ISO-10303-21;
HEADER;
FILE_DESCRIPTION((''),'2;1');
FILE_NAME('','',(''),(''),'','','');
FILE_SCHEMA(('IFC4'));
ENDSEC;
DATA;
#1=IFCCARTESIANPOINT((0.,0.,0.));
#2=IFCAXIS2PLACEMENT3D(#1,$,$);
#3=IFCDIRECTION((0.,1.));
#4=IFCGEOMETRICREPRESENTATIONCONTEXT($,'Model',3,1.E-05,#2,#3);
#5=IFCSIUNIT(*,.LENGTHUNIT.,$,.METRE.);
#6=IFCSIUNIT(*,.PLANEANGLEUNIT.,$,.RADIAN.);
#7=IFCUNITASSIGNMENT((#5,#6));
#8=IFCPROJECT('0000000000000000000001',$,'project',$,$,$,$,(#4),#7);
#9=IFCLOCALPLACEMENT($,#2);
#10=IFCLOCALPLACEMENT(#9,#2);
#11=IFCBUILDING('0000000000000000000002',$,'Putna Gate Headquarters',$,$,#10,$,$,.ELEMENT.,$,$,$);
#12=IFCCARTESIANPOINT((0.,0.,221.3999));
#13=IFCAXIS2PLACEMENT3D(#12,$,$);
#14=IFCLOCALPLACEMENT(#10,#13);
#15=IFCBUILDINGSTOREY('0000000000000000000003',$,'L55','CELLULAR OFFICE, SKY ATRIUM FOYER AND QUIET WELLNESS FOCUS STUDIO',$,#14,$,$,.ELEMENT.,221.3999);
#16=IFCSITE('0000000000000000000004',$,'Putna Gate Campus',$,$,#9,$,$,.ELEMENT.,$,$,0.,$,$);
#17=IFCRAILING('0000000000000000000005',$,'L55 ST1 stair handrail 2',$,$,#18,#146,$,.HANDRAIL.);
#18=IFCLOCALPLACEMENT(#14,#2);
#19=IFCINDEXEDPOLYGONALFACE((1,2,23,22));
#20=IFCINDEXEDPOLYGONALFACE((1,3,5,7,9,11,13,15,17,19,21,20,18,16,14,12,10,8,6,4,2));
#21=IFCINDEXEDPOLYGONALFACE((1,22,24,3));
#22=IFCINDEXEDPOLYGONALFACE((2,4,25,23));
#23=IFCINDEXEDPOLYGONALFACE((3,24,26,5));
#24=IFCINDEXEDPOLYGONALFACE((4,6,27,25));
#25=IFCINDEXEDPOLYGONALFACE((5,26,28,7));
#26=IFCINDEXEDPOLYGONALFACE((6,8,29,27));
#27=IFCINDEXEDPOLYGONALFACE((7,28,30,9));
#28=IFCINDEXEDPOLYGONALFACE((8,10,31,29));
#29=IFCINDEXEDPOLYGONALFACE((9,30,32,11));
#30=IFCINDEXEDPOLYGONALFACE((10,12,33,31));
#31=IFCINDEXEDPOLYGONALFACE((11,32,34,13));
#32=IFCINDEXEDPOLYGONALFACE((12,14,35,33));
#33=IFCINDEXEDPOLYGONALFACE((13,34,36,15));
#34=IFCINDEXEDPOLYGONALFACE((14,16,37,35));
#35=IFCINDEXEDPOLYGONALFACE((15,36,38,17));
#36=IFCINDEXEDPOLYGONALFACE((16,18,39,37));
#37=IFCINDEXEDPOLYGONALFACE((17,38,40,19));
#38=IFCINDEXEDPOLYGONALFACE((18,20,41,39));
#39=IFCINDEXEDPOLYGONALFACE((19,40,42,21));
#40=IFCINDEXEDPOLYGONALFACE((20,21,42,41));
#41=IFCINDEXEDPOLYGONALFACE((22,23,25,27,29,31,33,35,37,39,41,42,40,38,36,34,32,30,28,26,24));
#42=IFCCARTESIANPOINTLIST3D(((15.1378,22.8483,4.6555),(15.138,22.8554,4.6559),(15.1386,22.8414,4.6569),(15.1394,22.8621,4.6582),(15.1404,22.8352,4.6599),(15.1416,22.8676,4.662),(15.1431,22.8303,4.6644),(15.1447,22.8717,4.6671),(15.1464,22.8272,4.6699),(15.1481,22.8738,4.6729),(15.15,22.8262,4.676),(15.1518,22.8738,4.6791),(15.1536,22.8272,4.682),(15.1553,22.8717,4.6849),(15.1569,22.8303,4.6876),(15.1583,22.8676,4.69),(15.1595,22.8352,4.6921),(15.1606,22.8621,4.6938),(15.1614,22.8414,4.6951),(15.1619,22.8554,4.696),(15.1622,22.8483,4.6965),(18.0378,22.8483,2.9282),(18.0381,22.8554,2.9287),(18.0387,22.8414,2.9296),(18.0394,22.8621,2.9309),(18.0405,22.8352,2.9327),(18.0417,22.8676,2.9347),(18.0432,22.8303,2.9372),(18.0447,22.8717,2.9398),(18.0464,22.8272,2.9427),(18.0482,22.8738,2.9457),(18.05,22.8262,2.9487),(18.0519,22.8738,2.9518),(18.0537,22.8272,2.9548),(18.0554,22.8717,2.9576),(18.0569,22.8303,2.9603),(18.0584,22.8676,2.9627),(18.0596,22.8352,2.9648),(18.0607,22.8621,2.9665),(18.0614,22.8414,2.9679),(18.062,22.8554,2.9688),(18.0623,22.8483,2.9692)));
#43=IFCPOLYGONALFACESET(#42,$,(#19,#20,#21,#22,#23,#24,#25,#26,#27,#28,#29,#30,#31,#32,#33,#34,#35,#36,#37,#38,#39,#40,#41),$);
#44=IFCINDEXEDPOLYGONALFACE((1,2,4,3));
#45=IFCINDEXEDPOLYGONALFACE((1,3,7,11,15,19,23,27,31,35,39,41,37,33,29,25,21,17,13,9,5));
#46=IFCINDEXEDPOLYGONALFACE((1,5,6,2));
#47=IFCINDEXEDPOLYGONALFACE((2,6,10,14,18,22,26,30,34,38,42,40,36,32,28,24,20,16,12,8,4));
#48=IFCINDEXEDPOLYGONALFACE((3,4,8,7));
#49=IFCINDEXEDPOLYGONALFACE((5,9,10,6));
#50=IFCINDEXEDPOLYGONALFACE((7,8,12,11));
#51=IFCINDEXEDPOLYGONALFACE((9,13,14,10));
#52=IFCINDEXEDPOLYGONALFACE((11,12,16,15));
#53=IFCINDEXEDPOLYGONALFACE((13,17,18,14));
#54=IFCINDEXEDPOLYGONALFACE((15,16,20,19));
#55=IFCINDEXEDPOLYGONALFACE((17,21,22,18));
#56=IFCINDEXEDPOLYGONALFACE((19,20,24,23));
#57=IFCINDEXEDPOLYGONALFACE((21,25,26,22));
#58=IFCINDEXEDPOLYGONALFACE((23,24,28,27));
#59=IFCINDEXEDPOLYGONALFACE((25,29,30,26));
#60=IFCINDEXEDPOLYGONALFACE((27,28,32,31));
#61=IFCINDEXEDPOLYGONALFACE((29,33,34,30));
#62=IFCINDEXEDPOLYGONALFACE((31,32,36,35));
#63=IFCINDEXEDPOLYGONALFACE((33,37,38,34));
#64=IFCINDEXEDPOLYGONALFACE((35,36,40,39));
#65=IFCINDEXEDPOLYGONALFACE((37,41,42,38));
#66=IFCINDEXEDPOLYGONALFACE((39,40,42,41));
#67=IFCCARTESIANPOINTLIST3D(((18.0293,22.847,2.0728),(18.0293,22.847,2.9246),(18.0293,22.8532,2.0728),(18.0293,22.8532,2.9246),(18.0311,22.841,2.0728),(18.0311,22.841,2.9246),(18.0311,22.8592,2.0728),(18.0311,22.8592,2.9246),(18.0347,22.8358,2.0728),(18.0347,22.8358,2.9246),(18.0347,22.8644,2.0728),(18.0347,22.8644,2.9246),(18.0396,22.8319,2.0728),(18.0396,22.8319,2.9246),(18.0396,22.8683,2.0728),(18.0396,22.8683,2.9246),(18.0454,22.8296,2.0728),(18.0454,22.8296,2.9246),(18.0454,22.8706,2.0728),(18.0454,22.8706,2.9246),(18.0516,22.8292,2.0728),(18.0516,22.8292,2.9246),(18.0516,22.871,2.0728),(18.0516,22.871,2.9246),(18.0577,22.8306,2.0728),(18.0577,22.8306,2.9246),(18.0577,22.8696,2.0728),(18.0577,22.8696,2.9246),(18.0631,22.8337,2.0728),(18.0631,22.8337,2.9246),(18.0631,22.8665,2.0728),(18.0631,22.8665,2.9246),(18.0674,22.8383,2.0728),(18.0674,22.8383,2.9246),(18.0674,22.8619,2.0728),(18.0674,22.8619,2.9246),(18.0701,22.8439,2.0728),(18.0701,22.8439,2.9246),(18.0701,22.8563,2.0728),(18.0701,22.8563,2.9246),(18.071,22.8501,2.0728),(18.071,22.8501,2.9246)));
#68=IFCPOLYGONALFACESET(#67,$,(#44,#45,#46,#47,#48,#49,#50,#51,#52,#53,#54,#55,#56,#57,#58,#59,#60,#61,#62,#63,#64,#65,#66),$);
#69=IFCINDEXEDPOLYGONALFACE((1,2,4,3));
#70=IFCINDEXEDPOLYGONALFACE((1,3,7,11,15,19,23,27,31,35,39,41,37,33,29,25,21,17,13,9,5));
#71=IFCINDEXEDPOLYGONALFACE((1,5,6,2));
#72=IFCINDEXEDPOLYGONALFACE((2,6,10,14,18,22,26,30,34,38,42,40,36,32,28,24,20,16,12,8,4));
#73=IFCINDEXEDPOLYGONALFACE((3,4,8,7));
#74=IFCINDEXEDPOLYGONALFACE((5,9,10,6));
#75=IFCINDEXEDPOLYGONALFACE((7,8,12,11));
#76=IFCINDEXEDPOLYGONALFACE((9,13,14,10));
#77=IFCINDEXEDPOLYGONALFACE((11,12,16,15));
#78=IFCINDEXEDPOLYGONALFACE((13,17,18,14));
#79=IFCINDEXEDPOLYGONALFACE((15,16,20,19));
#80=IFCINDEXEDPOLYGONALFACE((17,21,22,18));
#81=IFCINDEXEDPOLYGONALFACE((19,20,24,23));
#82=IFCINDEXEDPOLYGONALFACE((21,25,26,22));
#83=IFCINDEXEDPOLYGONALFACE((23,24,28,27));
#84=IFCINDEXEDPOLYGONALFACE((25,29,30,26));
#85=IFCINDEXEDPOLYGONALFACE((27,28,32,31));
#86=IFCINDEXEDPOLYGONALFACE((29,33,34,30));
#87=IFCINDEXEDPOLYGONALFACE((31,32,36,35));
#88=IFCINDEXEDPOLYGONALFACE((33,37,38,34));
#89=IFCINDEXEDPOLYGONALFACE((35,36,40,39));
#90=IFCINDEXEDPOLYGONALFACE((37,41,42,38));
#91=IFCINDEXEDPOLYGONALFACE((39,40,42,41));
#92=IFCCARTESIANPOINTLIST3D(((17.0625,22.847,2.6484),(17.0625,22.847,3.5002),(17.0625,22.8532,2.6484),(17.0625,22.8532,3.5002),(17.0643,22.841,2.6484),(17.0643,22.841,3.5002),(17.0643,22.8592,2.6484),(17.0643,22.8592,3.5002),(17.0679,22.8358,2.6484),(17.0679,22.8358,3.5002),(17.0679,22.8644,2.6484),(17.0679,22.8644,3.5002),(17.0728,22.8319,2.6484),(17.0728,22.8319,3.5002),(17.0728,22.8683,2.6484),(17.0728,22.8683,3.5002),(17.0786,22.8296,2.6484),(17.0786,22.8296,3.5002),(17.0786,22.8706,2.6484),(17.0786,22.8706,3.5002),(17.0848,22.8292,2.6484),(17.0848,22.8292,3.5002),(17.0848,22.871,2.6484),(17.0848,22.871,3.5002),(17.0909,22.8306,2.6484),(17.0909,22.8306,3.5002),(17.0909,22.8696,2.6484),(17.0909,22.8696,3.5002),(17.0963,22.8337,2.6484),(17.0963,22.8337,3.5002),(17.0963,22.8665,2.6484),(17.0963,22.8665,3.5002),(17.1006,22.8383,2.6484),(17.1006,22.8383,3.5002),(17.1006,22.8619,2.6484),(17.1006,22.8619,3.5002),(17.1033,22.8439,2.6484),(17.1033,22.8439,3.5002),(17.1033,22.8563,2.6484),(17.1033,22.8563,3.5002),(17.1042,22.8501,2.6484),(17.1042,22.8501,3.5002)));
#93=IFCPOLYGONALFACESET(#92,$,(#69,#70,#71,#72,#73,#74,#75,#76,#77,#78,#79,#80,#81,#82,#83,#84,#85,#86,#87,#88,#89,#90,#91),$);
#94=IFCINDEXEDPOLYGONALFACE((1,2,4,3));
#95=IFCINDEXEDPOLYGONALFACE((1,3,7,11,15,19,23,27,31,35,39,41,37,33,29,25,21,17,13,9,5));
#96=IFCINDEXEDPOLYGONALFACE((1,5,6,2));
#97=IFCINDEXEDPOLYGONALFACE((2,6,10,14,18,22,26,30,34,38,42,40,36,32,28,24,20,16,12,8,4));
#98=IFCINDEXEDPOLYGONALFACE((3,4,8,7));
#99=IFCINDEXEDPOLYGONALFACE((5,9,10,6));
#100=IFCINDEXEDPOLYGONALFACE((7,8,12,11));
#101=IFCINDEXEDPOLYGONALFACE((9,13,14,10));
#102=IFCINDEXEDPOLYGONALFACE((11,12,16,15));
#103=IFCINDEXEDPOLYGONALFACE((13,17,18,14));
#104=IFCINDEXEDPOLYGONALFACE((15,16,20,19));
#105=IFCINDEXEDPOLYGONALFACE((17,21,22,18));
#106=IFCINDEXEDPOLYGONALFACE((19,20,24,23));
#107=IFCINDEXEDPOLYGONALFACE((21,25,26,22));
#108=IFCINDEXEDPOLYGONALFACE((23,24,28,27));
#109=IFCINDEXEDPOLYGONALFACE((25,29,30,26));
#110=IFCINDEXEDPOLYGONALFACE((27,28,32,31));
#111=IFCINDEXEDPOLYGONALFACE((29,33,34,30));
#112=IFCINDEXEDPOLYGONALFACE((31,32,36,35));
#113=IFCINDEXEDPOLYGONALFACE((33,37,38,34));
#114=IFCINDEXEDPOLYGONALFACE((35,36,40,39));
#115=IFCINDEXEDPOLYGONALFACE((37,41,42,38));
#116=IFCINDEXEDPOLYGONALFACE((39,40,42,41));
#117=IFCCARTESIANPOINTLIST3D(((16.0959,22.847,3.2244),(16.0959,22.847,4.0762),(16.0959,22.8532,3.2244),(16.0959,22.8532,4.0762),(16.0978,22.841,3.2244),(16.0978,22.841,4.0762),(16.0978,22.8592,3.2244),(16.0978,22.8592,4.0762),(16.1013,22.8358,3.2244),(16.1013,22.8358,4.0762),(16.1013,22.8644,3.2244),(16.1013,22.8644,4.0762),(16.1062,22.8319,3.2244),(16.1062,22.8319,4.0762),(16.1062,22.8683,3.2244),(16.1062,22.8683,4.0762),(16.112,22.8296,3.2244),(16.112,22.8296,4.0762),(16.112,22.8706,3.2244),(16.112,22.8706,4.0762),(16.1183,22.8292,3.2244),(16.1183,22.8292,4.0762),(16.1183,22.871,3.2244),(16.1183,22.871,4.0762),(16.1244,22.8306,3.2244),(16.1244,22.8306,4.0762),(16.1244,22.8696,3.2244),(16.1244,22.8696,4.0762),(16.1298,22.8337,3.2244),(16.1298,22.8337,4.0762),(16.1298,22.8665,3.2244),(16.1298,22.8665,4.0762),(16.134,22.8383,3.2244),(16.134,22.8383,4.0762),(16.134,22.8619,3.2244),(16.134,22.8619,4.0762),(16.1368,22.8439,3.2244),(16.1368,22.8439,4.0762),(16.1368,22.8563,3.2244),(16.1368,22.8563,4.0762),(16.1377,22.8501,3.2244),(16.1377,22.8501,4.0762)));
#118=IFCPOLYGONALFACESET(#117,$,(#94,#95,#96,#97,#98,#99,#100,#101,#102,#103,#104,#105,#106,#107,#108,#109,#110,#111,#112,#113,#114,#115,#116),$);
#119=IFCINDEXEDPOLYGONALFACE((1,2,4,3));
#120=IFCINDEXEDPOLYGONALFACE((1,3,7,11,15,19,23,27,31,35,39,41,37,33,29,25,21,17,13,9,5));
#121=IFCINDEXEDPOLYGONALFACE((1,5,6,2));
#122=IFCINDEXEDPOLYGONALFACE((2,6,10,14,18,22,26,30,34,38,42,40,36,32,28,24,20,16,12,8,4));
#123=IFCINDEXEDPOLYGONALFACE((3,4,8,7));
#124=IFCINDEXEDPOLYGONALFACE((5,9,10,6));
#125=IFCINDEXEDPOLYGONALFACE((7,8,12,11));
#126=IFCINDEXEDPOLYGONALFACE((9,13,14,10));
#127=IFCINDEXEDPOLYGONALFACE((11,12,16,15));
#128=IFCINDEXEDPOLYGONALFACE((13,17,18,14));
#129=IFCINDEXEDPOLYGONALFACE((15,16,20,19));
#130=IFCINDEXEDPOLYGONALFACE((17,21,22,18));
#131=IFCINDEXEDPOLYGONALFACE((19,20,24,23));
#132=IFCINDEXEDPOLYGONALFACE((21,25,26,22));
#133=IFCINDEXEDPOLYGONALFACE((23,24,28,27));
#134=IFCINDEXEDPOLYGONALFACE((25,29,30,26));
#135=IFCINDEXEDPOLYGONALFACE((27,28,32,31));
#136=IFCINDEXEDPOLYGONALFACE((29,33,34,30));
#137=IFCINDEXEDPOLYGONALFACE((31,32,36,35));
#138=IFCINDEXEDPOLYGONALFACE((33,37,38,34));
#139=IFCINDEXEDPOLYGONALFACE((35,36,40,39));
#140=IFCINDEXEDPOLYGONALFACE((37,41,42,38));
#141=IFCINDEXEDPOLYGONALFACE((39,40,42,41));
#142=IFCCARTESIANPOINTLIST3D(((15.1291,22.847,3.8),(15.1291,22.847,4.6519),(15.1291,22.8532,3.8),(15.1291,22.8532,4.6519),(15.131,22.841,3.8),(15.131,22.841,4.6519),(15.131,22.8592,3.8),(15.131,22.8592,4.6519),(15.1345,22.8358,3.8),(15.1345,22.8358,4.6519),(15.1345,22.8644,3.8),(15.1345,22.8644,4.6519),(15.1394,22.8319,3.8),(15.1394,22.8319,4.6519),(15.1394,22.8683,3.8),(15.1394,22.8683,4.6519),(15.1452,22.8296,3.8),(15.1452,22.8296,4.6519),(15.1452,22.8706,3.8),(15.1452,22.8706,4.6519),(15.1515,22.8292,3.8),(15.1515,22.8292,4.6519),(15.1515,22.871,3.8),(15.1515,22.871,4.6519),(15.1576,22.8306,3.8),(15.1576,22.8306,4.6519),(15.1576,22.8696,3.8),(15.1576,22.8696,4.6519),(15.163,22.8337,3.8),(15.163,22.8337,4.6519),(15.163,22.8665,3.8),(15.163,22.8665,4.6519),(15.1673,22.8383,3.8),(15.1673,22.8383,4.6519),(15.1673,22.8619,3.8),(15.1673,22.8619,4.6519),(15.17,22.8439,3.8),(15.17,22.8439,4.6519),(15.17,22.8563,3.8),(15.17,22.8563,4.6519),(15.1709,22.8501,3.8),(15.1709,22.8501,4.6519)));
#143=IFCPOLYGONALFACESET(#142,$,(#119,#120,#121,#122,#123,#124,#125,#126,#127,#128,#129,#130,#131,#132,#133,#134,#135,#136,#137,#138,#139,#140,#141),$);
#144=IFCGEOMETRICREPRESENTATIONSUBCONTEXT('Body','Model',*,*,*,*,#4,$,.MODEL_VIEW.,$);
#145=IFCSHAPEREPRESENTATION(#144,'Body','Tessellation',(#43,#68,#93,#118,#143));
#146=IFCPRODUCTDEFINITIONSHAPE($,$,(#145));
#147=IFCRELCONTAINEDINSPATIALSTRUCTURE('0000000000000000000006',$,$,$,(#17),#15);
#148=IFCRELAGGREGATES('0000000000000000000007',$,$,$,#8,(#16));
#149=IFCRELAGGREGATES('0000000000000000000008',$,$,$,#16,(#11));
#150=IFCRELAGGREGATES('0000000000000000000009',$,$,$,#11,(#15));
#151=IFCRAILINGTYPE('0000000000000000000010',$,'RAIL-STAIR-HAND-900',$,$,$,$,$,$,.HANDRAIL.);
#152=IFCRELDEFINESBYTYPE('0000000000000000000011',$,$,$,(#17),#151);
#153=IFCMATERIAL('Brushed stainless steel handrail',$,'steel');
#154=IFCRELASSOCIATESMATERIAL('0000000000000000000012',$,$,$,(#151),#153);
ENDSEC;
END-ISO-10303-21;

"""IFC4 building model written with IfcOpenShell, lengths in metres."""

from ifc_helpers import new_model, si_unit, direction, frame, origin, origin_2d, place, context, subcontext, project, spatial, circle, extrude, material, type_object, element, save


model = new_model("IFC4")

# Units and contexts
model_context = context("Model", 3, precision=1e-05, world=origin(), true_north=direction((0.0, 1.0)))
body_context = subcontext(model_context, "Body", "Model", "MODEL_VIEW")
ifc_project = project(units=[si_unit("LENGTHUNIT", "METRE"), si_unit("PLANEANGLEUNIT", "RADIAN")], contexts=[model_context])

# Site, building, storey
site_placement = place(None, origin())
site = spatial("IfcSite", under=ifc_project, at=site_placement, Name="Putna Gate Campus", CompositionType="ELEMENT", RefElevation=0.0)
building_placement = place(site_placement, origin())
building = spatial("IfcBuilding", under=site, at=building_placement, Name="Putna Gate Headquarters", CompositionType="ELEMENT")
storey_placement = place(building_placement, frame((0.0, 0.0, 221.3999)))
storey = spatial("IfcBuildingStorey", under=building, at=storey_placement, Name="L55", Description="CELLULAR OFFICE, SKY ATRIUM FOYER AND QUIET WELLNESS FOCUS STUDIO", CompositionType="ELEMENT", Elevation=221.3999)

# Railing
ifc_material_1 = material(Name="Brushed stainless steel handrail", Category="steel")
railing_type_1 = type_object("IfcRailingType", Name="RAIL-STAIR-HAND-900", PredefinedType="HANDRAIL", material=ifc_material_1)
railing_1_placement = place(storey_placement, frame((18.05, 22.8501, 2.0728)))
element("IfcRailing", 1, at=railing_1_placement, inside=storey, type_object=railing_type_1, Name="L55 ST1 stair handrail 2", PredefinedType="HANDRAIL", context=body_context, shape_type="SweptSolid", body=[
    extrude(circle(Radius=0.0239, at=origin_2d()), frame((0.0, 0.0, 0.876), z_axis=(-0.85916, 0.0, 0.511706), x_axis=(0.0, -1.0, 0.0)), (0.0, 0.0, 1.0), 3.3755),
    extrude(circle(Radius=0.021, at=origin_2d()), origin(), (0.0, 0.0, 1.0), 0.8518),
    extrude(circle(Radius=0.021, at=origin_2d()), frame((-0.9668, 0.0, 0.5757)), (0.0, 0.0, 1.0), 0.8518),
    extrude(circle(Radius=0.021, at=origin_2d()), frame((-1.9333, 0.0, 1.1516)), (0.0, 0.0, 1.0), 0.8518),
    extrude(circle(Radius=0.021, at=origin_2d()), frame((-2.9001, 0.0, 1.7273)), (0.0, 0.0, 1.0), 0.8518),
])

save(model, "model.ifc")
